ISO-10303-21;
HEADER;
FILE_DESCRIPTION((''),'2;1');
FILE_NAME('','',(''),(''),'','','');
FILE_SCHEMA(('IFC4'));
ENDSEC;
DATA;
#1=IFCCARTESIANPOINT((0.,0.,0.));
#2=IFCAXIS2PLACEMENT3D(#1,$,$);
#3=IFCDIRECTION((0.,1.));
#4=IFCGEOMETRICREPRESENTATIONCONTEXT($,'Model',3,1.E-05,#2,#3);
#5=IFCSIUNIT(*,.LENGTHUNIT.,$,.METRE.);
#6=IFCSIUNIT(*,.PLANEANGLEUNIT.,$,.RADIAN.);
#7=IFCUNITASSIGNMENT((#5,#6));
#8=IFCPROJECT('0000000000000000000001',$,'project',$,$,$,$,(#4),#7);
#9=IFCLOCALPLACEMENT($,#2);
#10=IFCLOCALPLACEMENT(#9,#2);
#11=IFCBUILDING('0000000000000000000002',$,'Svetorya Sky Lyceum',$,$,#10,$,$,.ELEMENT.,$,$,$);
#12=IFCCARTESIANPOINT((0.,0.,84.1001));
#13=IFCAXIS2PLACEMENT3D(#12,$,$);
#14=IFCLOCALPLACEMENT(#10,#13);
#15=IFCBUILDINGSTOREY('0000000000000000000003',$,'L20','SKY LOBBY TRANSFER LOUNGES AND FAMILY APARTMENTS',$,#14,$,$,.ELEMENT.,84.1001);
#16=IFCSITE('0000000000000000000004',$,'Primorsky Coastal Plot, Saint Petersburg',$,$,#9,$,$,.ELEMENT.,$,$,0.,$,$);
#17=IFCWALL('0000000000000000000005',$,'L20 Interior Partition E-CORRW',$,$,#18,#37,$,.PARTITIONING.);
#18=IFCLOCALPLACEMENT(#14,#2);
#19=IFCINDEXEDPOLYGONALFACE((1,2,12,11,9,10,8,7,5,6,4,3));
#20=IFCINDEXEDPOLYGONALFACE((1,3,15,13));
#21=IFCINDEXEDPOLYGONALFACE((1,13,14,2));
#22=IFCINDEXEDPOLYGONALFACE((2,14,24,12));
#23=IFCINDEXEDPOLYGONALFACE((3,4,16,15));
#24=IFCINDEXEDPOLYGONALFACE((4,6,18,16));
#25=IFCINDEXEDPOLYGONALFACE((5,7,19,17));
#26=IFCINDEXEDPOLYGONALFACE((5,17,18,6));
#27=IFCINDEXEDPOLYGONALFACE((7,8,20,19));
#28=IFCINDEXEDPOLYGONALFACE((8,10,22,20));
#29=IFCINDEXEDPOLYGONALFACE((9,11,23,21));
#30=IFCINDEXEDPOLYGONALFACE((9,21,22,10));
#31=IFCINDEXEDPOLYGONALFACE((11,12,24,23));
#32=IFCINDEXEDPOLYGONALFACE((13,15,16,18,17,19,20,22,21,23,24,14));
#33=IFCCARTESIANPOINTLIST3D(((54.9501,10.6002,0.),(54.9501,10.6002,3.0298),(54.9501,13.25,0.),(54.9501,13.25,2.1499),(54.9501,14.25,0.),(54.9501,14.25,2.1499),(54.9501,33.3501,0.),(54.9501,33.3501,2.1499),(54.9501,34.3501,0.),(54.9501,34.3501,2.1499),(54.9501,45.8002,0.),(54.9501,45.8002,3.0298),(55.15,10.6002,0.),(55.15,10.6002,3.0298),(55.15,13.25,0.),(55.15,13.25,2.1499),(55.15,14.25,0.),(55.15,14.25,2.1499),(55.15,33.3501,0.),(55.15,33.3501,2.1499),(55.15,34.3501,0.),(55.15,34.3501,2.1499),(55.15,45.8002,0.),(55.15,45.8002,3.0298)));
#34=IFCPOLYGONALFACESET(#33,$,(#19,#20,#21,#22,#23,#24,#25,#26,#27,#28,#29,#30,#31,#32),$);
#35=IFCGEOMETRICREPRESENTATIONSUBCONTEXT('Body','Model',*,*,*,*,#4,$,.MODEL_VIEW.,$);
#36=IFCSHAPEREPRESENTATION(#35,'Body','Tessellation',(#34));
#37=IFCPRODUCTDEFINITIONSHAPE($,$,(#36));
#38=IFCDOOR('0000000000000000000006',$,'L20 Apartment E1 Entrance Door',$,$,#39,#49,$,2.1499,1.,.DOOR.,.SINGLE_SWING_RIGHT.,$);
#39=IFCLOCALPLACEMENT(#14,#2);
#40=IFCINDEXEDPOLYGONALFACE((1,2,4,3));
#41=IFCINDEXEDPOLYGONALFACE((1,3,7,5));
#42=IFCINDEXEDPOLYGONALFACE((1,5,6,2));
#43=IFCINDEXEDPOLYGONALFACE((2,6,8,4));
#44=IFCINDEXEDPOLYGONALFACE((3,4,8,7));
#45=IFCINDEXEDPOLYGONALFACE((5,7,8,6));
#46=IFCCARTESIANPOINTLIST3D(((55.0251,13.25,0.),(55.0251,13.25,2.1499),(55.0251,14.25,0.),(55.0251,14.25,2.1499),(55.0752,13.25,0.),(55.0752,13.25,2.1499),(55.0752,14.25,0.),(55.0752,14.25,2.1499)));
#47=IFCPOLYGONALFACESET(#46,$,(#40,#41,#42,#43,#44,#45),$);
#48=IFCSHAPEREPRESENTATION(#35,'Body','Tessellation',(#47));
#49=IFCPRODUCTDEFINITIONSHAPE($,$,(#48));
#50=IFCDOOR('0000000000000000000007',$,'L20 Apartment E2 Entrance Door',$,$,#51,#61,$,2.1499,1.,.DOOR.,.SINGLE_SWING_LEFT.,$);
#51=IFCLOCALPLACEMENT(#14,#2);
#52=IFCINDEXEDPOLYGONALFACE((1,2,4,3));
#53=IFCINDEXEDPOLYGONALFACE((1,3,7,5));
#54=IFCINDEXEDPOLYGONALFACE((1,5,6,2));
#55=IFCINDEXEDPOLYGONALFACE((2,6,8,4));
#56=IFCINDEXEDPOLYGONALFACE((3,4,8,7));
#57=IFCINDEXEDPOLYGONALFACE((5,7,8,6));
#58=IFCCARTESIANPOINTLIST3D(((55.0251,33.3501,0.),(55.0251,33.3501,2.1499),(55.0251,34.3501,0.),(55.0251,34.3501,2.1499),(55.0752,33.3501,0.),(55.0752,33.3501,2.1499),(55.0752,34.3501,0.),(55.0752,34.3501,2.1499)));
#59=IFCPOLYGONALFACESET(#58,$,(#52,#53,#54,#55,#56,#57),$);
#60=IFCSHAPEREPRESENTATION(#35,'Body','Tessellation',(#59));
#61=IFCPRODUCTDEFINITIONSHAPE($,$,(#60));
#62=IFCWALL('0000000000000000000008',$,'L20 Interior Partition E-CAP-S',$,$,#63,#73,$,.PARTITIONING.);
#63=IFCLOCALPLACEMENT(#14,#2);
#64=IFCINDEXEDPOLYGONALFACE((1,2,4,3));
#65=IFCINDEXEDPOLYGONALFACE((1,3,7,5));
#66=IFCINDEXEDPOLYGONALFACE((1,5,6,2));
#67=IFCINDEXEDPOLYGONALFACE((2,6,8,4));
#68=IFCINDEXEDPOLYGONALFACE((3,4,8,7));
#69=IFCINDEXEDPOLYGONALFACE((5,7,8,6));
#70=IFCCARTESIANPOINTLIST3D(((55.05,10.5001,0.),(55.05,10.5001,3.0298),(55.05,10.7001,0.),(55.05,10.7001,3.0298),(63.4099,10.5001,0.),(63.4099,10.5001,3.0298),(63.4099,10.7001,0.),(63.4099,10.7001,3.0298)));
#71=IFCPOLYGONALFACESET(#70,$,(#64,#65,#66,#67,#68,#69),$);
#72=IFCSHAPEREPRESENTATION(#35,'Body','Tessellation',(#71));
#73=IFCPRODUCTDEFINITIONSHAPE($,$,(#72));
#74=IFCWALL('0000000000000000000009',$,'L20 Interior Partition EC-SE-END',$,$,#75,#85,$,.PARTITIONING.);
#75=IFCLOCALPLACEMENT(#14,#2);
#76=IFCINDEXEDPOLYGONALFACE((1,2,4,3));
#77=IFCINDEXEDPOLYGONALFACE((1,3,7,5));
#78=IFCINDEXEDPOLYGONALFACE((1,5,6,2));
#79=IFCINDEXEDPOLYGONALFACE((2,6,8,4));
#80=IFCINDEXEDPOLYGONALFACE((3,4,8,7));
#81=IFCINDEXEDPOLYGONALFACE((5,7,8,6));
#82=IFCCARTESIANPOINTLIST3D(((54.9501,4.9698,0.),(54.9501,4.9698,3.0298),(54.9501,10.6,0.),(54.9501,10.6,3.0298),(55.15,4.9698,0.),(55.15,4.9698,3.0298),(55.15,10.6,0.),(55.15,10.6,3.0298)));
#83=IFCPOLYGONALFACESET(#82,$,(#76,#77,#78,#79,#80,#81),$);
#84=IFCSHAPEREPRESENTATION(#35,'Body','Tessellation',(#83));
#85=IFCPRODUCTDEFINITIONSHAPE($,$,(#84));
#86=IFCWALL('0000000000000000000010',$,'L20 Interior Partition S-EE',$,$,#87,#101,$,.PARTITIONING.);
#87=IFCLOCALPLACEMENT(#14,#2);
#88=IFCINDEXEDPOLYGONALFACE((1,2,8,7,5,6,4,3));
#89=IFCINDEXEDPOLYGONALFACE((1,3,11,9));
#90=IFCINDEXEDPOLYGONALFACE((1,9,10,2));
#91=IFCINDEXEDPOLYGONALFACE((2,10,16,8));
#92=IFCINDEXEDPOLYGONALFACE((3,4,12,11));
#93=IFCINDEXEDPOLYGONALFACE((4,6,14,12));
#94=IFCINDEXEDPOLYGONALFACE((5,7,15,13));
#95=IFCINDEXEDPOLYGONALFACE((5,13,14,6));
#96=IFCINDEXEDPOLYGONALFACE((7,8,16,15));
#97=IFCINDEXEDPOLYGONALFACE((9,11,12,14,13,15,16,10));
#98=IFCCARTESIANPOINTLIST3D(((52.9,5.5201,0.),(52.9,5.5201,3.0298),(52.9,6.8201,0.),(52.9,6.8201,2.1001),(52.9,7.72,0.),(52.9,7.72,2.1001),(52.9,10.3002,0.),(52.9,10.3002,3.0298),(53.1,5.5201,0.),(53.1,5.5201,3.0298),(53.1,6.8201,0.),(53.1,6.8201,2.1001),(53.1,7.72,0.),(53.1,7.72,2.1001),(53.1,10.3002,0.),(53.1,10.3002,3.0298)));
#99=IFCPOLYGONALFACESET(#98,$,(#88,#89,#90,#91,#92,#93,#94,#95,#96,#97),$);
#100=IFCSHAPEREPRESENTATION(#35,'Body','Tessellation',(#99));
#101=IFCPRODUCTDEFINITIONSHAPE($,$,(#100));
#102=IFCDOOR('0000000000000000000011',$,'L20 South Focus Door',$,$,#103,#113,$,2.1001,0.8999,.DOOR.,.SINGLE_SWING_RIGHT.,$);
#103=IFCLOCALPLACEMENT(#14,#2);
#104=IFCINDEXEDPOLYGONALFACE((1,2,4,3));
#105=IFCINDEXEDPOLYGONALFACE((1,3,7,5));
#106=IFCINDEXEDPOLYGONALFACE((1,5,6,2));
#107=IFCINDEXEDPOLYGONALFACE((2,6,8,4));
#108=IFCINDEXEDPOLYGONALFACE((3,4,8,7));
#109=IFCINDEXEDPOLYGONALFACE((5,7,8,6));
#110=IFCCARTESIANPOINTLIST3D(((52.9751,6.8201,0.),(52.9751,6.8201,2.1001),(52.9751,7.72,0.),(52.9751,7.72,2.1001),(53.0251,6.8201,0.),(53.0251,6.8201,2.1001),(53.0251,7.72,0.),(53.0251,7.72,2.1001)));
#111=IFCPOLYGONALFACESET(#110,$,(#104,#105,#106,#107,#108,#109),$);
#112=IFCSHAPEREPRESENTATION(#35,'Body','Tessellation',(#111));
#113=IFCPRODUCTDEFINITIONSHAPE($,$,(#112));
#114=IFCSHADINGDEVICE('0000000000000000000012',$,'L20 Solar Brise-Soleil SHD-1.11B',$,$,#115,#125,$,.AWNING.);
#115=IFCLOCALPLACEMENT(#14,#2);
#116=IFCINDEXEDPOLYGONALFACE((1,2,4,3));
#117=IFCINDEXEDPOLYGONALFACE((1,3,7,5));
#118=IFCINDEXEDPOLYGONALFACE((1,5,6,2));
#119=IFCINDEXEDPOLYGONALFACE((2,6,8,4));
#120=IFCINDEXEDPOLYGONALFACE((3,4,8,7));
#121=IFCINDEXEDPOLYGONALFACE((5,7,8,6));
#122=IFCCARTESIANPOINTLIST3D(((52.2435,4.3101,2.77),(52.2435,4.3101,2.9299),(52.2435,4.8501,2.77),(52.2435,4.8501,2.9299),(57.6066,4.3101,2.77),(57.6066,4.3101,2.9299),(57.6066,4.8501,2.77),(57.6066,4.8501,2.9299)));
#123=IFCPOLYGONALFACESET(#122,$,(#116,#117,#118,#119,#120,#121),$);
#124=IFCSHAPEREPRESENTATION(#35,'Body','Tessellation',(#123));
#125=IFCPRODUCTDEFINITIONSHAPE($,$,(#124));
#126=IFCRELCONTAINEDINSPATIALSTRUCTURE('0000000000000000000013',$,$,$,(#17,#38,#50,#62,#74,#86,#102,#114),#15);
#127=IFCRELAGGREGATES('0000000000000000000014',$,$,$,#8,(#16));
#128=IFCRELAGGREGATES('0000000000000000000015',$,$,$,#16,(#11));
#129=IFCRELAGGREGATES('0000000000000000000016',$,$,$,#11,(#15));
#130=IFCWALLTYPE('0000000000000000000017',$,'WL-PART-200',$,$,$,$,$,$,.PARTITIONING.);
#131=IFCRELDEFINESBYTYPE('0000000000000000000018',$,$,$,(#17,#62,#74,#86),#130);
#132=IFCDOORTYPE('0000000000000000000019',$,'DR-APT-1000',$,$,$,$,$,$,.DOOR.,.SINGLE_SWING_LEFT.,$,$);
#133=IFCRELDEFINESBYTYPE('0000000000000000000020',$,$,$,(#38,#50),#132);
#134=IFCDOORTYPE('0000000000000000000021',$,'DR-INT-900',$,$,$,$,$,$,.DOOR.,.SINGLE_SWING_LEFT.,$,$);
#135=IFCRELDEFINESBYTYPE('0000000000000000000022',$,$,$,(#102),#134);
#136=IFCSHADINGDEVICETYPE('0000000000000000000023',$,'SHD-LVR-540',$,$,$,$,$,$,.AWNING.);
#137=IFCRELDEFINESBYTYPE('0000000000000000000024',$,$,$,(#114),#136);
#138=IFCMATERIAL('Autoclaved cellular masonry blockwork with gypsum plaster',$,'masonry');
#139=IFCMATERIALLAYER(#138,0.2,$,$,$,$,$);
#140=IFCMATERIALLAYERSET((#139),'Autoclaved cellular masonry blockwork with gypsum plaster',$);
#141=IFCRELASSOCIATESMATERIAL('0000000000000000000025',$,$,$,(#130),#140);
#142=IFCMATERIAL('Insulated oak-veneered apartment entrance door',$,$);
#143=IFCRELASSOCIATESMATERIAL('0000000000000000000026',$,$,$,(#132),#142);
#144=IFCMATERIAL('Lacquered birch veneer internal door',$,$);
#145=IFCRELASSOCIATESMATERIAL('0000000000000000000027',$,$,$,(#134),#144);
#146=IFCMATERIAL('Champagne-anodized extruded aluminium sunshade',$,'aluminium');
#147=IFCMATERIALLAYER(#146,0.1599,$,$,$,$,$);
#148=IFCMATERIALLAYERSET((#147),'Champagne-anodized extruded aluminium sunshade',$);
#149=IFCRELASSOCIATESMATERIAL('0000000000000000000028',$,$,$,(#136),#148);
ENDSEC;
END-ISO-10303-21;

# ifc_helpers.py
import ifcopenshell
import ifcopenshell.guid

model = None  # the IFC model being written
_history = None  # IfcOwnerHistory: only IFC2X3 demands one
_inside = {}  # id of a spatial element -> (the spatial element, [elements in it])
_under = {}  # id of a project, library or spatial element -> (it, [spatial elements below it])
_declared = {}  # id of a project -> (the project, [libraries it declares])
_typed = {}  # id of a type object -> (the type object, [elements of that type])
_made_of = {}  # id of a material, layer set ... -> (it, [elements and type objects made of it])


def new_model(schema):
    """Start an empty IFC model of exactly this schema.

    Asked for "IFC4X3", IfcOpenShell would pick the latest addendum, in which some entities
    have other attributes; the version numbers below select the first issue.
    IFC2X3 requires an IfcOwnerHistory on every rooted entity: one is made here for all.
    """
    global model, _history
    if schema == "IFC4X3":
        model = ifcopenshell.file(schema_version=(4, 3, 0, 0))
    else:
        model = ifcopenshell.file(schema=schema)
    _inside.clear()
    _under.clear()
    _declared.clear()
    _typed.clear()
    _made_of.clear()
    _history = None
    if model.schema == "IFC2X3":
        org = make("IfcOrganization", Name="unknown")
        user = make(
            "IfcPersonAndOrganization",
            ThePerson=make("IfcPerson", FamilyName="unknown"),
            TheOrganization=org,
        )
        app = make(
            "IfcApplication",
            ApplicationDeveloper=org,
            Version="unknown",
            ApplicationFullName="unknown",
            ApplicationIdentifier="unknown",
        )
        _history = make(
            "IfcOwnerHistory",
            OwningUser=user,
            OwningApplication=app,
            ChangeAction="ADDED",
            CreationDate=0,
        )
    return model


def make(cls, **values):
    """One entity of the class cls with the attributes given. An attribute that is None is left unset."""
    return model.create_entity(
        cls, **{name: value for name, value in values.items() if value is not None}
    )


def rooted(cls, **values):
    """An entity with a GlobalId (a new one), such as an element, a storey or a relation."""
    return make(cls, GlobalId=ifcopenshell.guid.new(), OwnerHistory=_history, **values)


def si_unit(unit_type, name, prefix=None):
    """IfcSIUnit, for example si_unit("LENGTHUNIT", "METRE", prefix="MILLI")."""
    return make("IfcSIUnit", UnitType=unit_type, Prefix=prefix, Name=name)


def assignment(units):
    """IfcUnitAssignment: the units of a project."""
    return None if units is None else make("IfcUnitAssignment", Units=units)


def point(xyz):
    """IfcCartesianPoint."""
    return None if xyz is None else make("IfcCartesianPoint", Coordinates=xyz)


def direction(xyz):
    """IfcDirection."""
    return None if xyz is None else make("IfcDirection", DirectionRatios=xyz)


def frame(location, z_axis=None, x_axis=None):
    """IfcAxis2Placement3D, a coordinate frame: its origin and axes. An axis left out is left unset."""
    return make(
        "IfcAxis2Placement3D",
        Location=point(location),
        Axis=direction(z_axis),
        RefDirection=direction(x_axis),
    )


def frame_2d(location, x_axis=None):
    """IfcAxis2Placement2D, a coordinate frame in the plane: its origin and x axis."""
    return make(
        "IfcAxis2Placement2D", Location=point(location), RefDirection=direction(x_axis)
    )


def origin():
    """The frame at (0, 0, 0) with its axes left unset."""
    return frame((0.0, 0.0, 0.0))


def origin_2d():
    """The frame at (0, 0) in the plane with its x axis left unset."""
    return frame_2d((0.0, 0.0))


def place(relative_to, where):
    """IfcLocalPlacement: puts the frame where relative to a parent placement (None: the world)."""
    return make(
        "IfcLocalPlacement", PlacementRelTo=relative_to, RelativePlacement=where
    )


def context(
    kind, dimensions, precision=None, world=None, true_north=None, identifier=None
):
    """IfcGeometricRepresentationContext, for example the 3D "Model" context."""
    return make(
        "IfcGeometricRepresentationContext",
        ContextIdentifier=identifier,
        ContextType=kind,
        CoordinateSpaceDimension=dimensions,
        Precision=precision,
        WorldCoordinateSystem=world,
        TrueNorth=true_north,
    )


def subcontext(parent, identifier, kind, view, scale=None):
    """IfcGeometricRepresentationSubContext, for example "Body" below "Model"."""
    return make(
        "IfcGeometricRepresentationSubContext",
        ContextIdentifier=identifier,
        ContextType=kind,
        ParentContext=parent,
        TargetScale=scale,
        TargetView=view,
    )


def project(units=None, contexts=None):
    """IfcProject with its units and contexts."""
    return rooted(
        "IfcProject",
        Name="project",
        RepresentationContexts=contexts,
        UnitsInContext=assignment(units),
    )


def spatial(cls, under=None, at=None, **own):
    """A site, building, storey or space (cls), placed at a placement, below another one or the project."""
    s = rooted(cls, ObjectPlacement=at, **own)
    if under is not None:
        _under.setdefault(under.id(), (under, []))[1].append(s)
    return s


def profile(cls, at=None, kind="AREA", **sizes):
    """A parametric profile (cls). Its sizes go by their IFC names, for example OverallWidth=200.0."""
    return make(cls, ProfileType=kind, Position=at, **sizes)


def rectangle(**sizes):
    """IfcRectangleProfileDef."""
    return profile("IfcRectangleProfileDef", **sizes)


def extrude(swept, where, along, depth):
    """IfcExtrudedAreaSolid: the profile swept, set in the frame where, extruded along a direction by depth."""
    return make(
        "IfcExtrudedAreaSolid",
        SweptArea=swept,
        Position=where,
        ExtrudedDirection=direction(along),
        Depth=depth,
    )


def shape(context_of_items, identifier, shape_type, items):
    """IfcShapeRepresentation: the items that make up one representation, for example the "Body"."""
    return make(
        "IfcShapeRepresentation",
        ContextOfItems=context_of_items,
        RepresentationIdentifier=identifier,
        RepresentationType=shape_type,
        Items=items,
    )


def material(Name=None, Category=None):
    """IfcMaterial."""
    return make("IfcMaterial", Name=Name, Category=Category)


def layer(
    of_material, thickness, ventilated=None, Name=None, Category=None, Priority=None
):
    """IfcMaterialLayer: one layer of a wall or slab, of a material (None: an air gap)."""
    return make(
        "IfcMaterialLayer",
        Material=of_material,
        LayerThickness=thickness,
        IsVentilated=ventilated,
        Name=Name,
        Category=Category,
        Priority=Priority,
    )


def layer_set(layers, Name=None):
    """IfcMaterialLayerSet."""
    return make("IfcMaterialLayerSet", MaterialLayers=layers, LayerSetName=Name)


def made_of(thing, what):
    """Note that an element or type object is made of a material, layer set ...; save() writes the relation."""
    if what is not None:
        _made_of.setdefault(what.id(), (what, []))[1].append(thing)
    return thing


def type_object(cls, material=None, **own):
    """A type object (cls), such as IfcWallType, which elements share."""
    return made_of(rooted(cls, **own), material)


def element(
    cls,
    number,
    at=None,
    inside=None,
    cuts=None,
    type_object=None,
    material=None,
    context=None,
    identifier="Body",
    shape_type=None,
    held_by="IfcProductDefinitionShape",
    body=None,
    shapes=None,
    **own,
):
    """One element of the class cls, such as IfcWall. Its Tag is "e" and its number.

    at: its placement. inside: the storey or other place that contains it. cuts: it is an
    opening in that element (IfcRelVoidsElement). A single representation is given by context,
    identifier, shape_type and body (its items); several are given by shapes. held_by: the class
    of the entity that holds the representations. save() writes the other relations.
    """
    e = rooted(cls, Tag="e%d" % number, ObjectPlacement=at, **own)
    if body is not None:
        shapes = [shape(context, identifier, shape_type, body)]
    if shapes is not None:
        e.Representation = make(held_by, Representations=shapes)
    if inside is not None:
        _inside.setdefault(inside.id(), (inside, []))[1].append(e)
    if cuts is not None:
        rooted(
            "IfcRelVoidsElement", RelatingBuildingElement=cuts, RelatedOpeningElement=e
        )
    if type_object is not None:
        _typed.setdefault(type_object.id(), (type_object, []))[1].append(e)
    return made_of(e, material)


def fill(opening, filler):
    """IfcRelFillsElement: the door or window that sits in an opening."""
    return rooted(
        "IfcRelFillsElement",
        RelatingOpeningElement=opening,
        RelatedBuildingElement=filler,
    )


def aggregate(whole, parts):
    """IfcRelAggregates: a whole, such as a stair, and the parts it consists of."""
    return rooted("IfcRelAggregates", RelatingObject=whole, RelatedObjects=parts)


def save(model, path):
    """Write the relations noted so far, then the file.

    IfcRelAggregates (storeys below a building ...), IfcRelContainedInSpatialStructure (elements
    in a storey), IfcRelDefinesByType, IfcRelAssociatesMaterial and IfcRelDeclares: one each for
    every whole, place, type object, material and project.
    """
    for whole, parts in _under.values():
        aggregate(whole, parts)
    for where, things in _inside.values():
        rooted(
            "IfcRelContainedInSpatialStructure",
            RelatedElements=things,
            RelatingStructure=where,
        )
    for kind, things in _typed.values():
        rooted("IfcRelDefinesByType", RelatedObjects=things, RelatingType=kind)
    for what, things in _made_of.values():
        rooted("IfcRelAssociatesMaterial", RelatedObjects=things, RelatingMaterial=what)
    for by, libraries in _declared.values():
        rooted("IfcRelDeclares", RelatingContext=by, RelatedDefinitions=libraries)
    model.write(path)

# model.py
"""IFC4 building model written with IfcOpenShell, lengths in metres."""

from ifc_helpers import new_model, si_unit, direction, frame, frame_2d, origin, origin_2d, place, context, subcontext, project, spatial, rectangle, extrude, material, layer, layer_set, type_object, element, fill, save


model = new_model("IFC4")

# Units and contexts
model_context = context("Model", 3, precision=1e-05, world=origin(), true_north=direction((0.0, 1.0)))
body_context = subcontext(model_context, "Body", "Model", "MODEL_VIEW")
ifc_project = project(units=[si_unit("LENGTHUNIT", "METRE"), si_unit("PLANEANGLEUNIT", "RADIAN")], contexts=[model_context])

# Site, building, storey
site_placement = place(None, origin())
site = spatial("IfcSite", under=ifc_project, at=site_placement, Name="Primorsky Coastal Plot, Saint Petersburg", CompositionType="ELEMENT", RefElevation=0.0)
building_placement = place(site_placement, origin())
building = spatial("IfcBuilding", under=site, at=building_placement, Name="Svetorya Sky Lyceum", CompositionType="ELEMENT")
storey_placement = place(building_placement, frame((0.0, 0.0, 84.1001)))
storey = spatial("IfcBuildingStorey", under=building, at=storey_placement, Name="L20", Description="SKY LOBBY TRANSFER LOUNGES AND FAMILY APARTMENTS", CompositionType="ELEMENT", Elevation=84.1001)

# Wall, openings, doors
ifc_material_1 = material(Name="Autoclaved cellular masonry blockwork with gypsum plaster", Category="masonry")
ifc_layer_1 = layer(ifc_material_1, 0.2)
ifc_layer_set_1 = layer_set([ifc_layer_1], Name="Autoclaved cellular masonry blockwork with gypsum plaster")
wall_type_1 = type_object("IfcWallType", Name="WL-PART-200", PredefinedType="PARTITIONING", material=ifc_layer_set_1)
wall_1_placement = place(storey_placement, frame((55.05, 10.6001, 0.0), z_axis=(0.0, 0.0, 1.0), x_axis=(0.0, 1.0, 0.0)))
wall_1 = element("IfcWall", 1, at=wall_1_placement, inside=storey, type_object=wall_type_1, Name="L20 Interior Partition E-CORRW", PredefinedType="PARTITIONING", context=body_context, shape_type="SweptSolid", body=[
    extrude(rectangle(XDim=35.2, YDim=0.2, at=frame_2d((17.6001, 0.0))), origin(), (0.0, 0.0, 1.0), 3.0298),
])
opening_1_placement = place(wall_1_placement, frame((2.6499, 0.0, 0.0)))
opening_1 = element("IfcOpeningElement", 2, at=opening_1_placement, cuts=wall_1, PredefinedType="OPENING", context=body_context, shape_type="SweptSolid", body=[
    extrude(rectangle(XDim=1.0, YDim=2.1499, at=frame_2d((0.5, 1.075))), frame((0.0, 0.1099, 0.0), z_axis=(0.0, -1.0, 0.0), x_axis=(1.0, 0.0, 0.0)), (0.0, 0.0, 1.0), 0.22),
])
opening_2_placement = place(wall_1_placement, frame((22.75, 0.0, 0.0)))
opening_2 = element("IfcOpeningElement", 3, at=opening_2_placement, cuts=wall_1, PredefinedType="OPENING", context=body_context, shape_type="SweptSolid", body=[
    extrude(rectangle(XDim=1.0, YDim=2.1499, at=frame_2d((0.5, 1.075))), frame((0.0, 0.1099, 0.0), z_axis=(0.0, -1.0, 0.0), x_axis=(1.0, 0.0, 0.0)), (0.0, 0.0, 1.0), 0.22),
])
ifc_material_2 = material(Name="Insulated oak-veneered apartment entrance door")
door_type_1 = type_object("IfcDoorType", Name="DR-APT-1000", OperationType="SINGLE_SWING_LEFT", PredefinedType="DOOR", material=ifc_material_2)
door_1_placement = place(opening_1_placement, origin())
door_1 = element("IfcDoor", 4, at=door_1_placement, inside=storey, type_object=door_type_1, Name="L20 Apartment E1 Entrance Door", OperationType="SINGLE_SWING_RIGHT", OverallHeight=2.1499, OverallWidth=1.0, PredefinedType="DOOR", context=body_context, shape_type="SweptSolid", body=[
    extrude(rectangle(XDim=1.0, YDim=2.1499, at=frame_2d((0.5, 1.075))), frame((0.0, 0.0249, 0.0), z_axis=(0.0, -1.0, 0.0), x_axis=(1.0, 0.0, 0.0)), (0.0, 0.0, 1.0), 0.05),
])
fill(opening_1, door_1)
door_2_placement = place(opening_2_placement, origin())
door_2 = element("IfcDoor", 5, at=door_2_placement, inside=storey, type_object=door_type_1, Name="L20 Apartment E2 Entrance Door", OperationType="SINGLE_SWING_LEFT", OverallHeight=2.1499, OverallWidth=1.0, PredefinedType="DOOR", context=body_context, shape_type="SweptSolid", body=[
    extrude(rectangle(XDim=1.0, YDim=2.1499, at=frame_2d((0.5, 1.075))), frame((0.0, 0.0249, 0.0), z_axis=(0.0, -1.0, 0.0), x_axis=(1.0, 0.0, 0.0)), (0.0, 0.0, 1.0), 0.05),
])
fill(opening_2, door_2)

# Walls
wall_2_placement = place(storey_placement, frame((55.05, 10.6001, 0.0), z_axis=(0.0, 0.0, 1.0), x_axis=(1.0, 0.0, 0.0)))
element("IfcWall", 6, at=wall_2_placement, inside=storey, type_object=wall_type_1, Name="L20 Interior Partition E-CAP-S", PredefinedType="PARTITIONING", context=body_context, shape_type="SweptSolid", body=[
    extrude(rectangle(XDim=8.3599, YDim=0.2, at=frame_2d((4.1799, 0.0))), origin(), (0.0, 0.0, 1.0), 3.0298),
])
wall_3_placement = place(storey_placement, frame((55.05, 4.97, 0.0), z_axis=(0.0, 0.0, 1.0), x_axis=(0.0, 1.0, 0.0)))
element("IfcWall", 7, at=wall_3_placement, inside=storey, type_object=wall_type_1, Name="L20 Interior Partition EC-SE-END", PredefinedType="PARTITIONING", context=body_context, shape_type="SweptSolid", body=[
    extrude(rectangle(XDim=5.6301, YDim=0.2, at=frame_2d((2.8149, 0.0))), origin(), (0.0, 0.0, 1.0), 3.0298),
])

# Wall, opening, door
wall_4_placement = place(storey_placement, frame((53.0, 5.52, 0.0), z_axis=(0.0, 0.0, 1.0), x_axis=(0.0, 1.0, 0.0)))
wall_4 = element("IfcWall", 8, at=wall_4_placement, inside=storey, type_object=wall_type_1, Name="L20 Interior Partition S-EE", PredefinedType="PARTITIONING", context=body_context, shape_type="SweptSolid", body=[
    extrude(rectangle(XDim=4.78, YDim=0.2, at=frame_2d((2.3901, 0.0))), origin(), (0.0, 0.0, 1.0), 3.0298),
])
opening_3_placement = place(wall_4_placement, frame((1.3, 0.0, 0.0)))
opening_3 = element("IfcOpeningElement", 9, at=opening_3_placement, cuts=wall_4, PredefinedType="OPENING", context=body_context, shape_type="SweptSolid", body=[
    extrude(rectangle(XDim=0.8999, YDim=2.1001, at=frame_2d((0.45, 1.05))), frame((0.0, 0.1099, 0.0), z_axis=(0.0, -1.0, 0.0), x_axis=(1.0, 0.0, 0.0)), (0.0, 0.0, 1.0), 0.22),
])
ifc_material_3 = material(Name="Lacquered birch veneer internal door")
door_type_2 = type_object("IfcDoorType", Name="DR-INT-900", OperationType="SINGLE_SWING_LEFT", PredefinedType="DOOR", material=ifc_material_3)
door_3_placement = place(opening_3_placement, origin())
door_3 = element("IfcDoor", 10, at=door_3_placement, inside=storey, type_object=door_type_2, Name="L20 South Focus Door", OperationType="SINGLE_SWING_RIGHT", OverallHeight=2.1001, OverallWidth=0.8999, PredefinedType="DOOR", context=body_context, shape_type="SweptSolid", body=[
    extrude(rectangle(XDim=0.8999, YDim=2.1001, at=frame_2d((0.45, 1.05))), frame((0.0, 0.0249, 0.0), z_axis=(0.0, -1.0, 0.0), x_axis=(1.0, 0.0, 0.0)), (0.0, 0.0, 1.0), 0.05),
])
fill(opening_3, door_3)

# Shading device
ifc_material_4 = material(Name="Champagne-anodized extruded aluminium sunshade", Category="aluminium")
ifc_layer_2 = layer(ifc_material_4, 0.1599)
ifc_layer_set_2 = layer_set([ifc_layer_2], Name="Champagne-anodized extruded aluminium sunshade")
shading_device_type = type_object("IfcShadingDeviceType", Name="SHD-LVR-540", PredefinedType="AWNING", material=ifc_layer_set_2)
shading_device_placement = place(storey_placement, frame((54.925, 4.5801, 2.77), z_axis=(0.0, 0.0, 1.0), x_axis=(1.0, 0.0, 0.0)))
element("IfcShadingDevice", 11, at=shading_device_placement, inside=storey, type_object=shading_device_type, Name="L20 Solar Brise-Soleil SHD-1.11B", PredefinedType="AWNING", context=body_context, shape_type="SweptSolid", body=[
    extrude(rectangle(XDim=5.363, YDim=0.54, at=origin_2d()), origin(), (0.0, 0.0, 1.0), 0.1599),
])

save(model, "model.ifc")
